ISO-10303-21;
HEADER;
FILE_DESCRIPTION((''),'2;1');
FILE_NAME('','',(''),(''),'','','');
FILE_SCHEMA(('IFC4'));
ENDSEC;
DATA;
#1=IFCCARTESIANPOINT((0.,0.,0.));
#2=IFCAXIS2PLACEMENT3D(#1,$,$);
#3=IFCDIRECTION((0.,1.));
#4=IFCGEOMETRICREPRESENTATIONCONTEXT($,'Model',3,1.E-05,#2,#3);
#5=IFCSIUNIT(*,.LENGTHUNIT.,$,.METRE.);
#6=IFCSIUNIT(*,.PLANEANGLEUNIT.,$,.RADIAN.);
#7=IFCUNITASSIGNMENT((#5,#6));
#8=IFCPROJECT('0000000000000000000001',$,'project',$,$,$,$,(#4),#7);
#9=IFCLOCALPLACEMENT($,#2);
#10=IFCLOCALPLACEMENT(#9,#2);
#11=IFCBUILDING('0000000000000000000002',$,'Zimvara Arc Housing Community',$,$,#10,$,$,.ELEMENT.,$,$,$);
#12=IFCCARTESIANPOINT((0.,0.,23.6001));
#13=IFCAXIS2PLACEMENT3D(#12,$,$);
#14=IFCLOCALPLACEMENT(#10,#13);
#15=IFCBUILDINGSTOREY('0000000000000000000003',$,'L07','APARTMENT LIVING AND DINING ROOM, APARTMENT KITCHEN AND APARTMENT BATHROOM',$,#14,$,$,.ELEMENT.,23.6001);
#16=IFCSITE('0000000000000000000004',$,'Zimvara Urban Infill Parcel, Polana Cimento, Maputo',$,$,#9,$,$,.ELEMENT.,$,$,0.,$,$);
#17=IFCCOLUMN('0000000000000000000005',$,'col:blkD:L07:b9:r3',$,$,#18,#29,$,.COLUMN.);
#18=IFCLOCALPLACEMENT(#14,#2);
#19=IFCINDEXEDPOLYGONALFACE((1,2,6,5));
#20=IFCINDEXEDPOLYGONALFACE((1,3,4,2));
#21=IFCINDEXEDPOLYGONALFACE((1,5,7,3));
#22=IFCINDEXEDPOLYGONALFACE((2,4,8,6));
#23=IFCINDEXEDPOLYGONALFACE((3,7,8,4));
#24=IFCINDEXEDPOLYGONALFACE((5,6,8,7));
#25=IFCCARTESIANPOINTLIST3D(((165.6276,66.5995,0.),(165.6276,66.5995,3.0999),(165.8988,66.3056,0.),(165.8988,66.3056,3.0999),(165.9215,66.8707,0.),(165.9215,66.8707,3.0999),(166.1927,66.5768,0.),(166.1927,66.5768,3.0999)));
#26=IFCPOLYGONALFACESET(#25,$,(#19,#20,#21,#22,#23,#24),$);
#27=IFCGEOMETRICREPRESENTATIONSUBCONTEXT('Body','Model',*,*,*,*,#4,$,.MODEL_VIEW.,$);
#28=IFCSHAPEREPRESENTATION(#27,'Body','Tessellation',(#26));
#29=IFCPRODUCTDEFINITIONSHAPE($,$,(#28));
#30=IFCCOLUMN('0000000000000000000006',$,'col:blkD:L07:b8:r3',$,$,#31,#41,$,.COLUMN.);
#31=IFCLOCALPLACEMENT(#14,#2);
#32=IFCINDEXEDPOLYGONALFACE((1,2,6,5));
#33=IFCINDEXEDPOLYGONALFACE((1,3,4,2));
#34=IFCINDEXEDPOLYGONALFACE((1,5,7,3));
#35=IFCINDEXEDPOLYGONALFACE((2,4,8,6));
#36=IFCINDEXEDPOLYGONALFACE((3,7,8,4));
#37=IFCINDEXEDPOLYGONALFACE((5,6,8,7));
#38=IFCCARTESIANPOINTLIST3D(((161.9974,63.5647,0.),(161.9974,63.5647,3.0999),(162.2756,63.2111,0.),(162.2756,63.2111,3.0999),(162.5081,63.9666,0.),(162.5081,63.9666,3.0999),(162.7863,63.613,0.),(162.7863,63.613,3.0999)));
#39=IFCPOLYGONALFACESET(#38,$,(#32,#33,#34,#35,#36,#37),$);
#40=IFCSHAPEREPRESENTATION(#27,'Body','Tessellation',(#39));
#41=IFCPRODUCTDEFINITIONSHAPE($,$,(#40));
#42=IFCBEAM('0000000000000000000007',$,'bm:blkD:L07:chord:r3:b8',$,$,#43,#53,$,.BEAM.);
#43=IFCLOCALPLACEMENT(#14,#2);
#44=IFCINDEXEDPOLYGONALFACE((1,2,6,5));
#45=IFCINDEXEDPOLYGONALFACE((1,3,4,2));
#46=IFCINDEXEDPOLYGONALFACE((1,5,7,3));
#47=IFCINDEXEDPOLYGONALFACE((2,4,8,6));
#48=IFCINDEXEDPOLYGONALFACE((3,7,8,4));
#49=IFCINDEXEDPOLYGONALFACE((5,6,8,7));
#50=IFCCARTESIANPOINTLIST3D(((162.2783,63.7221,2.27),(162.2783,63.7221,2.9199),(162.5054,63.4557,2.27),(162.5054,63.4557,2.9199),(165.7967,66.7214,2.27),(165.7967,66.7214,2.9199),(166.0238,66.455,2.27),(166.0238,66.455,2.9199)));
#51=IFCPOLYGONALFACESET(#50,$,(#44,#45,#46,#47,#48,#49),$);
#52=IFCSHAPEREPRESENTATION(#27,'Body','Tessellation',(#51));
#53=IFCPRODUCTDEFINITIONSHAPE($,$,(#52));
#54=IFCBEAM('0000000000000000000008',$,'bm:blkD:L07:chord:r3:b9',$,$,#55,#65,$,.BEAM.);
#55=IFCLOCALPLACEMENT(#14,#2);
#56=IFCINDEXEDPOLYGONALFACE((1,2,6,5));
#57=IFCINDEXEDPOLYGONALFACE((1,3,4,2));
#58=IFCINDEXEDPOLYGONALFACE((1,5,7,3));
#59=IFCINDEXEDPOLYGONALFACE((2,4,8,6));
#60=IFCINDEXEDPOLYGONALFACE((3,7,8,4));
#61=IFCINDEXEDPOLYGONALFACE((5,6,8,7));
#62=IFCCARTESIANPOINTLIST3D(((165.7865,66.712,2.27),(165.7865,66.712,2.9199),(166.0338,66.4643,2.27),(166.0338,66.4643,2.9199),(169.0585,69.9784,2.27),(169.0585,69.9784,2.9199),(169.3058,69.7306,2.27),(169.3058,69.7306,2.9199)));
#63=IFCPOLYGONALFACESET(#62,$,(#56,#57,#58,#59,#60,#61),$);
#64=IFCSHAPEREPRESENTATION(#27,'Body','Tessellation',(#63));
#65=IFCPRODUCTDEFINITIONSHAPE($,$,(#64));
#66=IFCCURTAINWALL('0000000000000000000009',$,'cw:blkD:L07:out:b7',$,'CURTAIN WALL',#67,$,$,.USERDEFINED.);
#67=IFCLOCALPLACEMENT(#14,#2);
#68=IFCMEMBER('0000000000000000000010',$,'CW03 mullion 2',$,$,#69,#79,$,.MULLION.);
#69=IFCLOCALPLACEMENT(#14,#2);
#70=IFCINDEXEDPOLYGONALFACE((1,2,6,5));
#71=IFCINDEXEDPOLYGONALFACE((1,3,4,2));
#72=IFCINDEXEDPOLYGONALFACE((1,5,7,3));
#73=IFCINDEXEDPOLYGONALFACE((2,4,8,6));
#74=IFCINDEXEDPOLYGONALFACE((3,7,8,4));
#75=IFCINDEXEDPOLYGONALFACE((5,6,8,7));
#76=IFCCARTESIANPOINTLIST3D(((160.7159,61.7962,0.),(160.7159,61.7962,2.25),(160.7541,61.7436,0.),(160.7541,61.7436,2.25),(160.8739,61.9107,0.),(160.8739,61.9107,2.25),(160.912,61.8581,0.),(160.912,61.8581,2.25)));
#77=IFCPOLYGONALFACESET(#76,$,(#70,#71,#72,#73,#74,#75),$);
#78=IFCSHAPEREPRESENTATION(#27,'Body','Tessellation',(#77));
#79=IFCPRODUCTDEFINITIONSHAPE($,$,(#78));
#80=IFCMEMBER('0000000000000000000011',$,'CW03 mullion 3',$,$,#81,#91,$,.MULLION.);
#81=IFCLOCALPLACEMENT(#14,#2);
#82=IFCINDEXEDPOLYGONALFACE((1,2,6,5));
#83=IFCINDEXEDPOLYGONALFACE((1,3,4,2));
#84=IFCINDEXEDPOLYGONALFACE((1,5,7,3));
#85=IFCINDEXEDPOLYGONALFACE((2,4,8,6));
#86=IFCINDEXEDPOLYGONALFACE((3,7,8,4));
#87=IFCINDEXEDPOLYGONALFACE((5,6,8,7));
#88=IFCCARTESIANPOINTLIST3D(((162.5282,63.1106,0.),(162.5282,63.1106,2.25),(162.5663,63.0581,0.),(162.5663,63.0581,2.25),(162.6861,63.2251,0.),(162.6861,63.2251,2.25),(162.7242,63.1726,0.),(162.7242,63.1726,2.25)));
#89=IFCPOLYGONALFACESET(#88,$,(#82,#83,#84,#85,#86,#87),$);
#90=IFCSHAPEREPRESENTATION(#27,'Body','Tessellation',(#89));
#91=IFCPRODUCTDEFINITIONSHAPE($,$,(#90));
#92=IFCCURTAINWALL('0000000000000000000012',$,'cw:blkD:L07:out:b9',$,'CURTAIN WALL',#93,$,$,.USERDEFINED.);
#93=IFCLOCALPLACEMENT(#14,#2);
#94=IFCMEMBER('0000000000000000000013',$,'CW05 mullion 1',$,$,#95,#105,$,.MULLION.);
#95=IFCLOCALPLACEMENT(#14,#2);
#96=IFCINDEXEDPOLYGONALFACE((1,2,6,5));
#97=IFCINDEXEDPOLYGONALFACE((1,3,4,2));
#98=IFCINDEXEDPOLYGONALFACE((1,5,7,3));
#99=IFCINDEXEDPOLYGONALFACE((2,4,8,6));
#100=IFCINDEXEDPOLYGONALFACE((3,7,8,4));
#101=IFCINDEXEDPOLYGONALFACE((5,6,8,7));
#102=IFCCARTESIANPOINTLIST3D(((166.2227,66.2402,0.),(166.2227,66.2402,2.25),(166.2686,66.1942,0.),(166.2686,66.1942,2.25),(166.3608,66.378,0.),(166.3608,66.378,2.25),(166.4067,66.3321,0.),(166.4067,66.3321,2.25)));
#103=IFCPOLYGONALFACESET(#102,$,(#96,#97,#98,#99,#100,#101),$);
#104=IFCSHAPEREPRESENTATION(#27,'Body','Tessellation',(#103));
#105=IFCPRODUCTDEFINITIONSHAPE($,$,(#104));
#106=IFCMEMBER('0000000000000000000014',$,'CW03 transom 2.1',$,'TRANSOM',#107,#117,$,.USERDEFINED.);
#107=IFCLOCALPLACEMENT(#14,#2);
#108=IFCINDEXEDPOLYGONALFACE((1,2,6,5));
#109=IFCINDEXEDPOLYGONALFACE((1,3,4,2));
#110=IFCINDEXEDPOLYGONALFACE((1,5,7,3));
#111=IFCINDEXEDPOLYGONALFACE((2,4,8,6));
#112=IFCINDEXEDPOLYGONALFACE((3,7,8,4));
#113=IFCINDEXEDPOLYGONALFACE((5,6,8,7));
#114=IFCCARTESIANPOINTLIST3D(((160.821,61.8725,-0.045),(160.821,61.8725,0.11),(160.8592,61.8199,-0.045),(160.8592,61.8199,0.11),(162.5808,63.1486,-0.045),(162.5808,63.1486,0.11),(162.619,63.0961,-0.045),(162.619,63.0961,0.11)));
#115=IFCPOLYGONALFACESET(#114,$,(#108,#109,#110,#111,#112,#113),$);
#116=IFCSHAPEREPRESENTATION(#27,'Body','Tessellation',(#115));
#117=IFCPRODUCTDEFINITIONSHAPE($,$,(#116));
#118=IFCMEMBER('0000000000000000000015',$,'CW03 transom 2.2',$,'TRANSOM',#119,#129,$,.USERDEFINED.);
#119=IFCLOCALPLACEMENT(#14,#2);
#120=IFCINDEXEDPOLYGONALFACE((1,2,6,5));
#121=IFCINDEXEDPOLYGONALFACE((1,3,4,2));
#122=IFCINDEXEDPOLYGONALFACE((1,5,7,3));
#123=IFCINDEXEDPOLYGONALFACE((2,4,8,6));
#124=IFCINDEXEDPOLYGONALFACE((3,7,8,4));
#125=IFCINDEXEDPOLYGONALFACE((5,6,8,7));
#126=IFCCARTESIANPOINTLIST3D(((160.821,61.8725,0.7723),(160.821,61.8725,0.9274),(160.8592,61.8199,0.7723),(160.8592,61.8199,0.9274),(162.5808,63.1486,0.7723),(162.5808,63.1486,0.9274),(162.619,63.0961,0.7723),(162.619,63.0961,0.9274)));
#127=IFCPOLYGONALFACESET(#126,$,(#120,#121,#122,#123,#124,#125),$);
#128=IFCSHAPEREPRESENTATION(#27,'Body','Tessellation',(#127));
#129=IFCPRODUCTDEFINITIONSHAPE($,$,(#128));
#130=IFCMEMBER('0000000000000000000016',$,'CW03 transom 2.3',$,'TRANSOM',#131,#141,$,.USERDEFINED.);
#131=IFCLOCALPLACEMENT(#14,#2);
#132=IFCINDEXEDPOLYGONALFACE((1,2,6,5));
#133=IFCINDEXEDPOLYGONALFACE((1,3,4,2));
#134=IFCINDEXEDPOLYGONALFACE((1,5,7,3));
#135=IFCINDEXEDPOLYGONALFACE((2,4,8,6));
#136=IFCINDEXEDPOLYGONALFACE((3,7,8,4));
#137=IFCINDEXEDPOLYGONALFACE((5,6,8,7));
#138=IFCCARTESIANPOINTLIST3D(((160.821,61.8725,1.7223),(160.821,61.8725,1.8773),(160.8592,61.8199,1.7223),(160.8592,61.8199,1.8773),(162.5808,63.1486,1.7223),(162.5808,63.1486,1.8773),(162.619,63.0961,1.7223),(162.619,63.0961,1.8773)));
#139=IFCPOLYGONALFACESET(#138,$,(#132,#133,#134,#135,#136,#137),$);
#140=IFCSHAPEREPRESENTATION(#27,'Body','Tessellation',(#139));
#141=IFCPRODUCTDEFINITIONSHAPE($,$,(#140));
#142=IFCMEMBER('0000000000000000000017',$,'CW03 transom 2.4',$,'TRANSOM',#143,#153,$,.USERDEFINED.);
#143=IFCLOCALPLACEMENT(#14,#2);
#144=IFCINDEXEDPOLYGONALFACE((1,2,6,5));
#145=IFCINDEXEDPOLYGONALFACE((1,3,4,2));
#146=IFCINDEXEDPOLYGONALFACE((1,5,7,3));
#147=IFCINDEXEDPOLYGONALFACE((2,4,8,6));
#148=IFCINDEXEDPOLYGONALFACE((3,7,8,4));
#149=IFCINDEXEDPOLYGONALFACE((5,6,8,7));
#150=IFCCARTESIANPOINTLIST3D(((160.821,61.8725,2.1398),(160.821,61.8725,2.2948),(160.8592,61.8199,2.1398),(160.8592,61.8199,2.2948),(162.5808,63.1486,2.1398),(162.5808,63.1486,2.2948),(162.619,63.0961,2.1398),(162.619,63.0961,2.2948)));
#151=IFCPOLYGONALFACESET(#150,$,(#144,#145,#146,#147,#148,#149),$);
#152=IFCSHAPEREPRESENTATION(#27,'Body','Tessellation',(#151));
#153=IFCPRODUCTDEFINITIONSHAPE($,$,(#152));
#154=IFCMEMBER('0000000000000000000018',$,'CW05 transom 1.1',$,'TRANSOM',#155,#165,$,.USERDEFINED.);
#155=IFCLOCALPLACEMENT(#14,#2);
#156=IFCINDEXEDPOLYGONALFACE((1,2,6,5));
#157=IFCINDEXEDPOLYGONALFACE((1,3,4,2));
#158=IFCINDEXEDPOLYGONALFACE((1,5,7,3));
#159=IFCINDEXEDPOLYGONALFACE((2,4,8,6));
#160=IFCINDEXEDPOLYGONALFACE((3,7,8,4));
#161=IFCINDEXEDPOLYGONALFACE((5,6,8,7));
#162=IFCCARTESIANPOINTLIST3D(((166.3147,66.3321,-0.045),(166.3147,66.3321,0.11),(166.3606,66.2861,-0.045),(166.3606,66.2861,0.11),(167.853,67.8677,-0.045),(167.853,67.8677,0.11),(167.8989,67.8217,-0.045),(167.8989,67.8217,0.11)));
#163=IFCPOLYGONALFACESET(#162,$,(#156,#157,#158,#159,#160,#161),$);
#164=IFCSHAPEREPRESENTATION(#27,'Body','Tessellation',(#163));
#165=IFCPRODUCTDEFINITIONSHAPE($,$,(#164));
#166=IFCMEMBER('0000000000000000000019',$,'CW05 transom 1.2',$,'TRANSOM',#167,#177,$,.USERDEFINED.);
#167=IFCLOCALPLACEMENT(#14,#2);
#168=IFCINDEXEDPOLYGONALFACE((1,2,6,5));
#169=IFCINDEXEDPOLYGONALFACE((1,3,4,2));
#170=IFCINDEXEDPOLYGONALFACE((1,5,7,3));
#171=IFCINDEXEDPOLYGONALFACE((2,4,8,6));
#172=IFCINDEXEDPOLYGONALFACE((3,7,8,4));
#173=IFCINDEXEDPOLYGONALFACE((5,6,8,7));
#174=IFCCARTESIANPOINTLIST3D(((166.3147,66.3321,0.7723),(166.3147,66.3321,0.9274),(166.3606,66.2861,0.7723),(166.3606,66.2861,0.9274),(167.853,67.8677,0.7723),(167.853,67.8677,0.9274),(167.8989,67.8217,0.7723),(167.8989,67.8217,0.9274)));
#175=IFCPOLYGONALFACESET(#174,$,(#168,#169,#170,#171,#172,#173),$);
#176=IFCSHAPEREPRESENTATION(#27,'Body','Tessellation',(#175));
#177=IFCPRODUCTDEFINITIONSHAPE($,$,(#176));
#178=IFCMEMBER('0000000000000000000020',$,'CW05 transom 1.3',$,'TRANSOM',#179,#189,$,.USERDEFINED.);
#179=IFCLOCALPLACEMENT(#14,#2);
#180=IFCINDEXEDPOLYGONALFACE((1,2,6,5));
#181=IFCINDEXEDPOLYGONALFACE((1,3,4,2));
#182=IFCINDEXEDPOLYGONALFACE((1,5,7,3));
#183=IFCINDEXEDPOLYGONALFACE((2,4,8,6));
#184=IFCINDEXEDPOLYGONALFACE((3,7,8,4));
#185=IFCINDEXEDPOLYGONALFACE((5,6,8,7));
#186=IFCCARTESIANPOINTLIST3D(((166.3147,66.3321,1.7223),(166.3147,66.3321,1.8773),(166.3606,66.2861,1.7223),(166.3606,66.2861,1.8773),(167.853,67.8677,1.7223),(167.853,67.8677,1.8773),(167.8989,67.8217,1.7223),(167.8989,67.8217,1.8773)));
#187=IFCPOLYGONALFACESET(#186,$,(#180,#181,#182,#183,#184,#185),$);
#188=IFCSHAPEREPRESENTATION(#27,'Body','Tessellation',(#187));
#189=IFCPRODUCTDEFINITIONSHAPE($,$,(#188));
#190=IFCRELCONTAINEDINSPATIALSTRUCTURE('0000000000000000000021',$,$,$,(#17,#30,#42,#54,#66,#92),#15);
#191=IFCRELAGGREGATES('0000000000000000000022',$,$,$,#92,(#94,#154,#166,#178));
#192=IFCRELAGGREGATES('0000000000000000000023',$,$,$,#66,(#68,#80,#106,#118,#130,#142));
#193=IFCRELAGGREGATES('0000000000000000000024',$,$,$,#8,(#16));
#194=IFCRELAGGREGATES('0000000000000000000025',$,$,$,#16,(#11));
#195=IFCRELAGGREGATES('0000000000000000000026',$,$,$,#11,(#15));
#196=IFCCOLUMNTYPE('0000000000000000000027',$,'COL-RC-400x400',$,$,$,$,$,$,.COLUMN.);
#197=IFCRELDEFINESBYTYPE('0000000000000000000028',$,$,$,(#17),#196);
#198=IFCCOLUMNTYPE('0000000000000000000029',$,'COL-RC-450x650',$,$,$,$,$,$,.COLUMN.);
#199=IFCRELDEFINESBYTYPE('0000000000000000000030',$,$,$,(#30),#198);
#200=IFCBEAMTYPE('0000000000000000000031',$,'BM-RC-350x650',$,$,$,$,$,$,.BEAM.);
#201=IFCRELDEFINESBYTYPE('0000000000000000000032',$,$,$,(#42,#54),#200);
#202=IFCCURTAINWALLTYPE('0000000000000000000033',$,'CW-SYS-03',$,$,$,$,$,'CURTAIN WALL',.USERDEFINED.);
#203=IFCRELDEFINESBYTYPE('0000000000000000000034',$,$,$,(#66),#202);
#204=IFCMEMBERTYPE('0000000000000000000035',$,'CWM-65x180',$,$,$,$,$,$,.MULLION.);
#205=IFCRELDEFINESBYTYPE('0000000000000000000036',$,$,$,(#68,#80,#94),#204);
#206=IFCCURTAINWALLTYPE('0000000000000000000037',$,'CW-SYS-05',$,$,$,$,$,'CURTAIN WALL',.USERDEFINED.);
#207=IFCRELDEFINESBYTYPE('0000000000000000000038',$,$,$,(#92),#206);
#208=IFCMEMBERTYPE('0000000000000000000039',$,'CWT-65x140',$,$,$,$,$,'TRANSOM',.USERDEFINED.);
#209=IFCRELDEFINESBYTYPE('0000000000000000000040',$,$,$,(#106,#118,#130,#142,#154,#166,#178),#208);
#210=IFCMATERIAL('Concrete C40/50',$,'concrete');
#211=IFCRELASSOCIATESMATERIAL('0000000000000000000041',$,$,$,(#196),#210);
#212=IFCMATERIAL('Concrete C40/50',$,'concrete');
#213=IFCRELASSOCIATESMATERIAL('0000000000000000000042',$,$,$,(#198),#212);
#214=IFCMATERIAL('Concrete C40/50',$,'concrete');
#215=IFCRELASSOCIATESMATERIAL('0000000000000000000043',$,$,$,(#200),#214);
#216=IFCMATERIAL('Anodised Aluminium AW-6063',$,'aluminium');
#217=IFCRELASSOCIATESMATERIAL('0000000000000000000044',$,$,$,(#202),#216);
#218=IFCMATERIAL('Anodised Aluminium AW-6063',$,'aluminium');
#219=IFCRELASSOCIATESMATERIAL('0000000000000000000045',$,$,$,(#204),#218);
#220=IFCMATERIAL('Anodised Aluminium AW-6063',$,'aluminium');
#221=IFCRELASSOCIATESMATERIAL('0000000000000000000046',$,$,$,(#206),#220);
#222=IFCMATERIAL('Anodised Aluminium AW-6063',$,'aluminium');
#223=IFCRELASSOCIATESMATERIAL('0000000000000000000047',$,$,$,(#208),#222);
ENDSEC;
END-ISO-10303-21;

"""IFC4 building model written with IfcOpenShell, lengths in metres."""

from ifc_helpers import new_model, si_unit, direction, frame, origin, origin_2d, place, context, subcontext, project, spatial, rectangle, extrude, material, material_profile, profile_set, type_object, element, aggregate, save


model = new_model("IFC4")

# Units and contexts
model_context = context("Model", 3, precision=1e-05, world=origin(), true_north=direction((0.0, 1.0)))
body_context = subcontext(model_context, "Body", "Model", "MODEL_VIEW")
ifc_project = project(units=[si_unit("LENGTHUNIT", "METRE"), si_unit("PLANEANGLEUNIT", "RADIAN")], contexts=[model_context])

# Site, building, storey
site_placement = place(None, origin())
site = spatial("IfcSite", under=ifc_project, at=site_placement, Name="Zimvara Urban Infill Parcel, Polana Cimento, Maputo", CompositionType="ELEMENT", RefElevation=0.0)
building_placement = place(site_placement, origin())
building = spatial("IfcBuilding", under=site, at=building_placement, Name="Zimvara Arc Housing Community", CompositionType="ELEMENT")
storey_placement = place(building_placement, frame((0.0, 0.0, 23.6001)))
storey = spatial("IfcBuildingStorey", under=building, at=storey_placement, Name="L07", Description="APARTMENT LIVING AND DINING ROOM, APARTMENT KITCHEN AND APARTMENT BATHROOM", CompositionType="ELEMENT", Elevation=23.6001)

# Columns
ifc_material_1 = material(Name="Concrete C40/50", Category="concrete")
ifc_material_profile_1 = material_profile(ifc_material_1, rectangle(XDim=0.3999, YDim=0.3999, at=origin_2d()), Name="RC 400x400")
ifc_profile_set_1 = profile_set([ifc_material_profile_1], Name="Concrete C40/50")
column_type_1 = type_object("IfcColumnType", Name="COL-RC-400x400", PredefinedType="COLUMN", material=ifc_profile_set_1)
column_1_placement = place(storey_placement, frame((165.9102, 66.5881, 0.0), z_axis=(0.0, 0.0, 1.0), x_axis=(0.67816, -0.734915, 0.0)))
element("IfcColumn", 1, at=column_1_placement, inside=storey, type_object=column_type_1, Name="col:blkD:L07:b9:r3", PredefinedType="COLUMN", context=body_context, shape_type="SweptSolid", body=[
    extrude(rectangle(XDim=0.3999, YDim=0.3999, at=origin_2d()), origin(), (0.0, 0.0, 1.0), 3.0999),
])
ifc_material_2 = material(Name="Concrete C40/50", Category="concrete")
ifc_material_profile_2 = material_profile(ifc_material_2, rectangle(XDim=0.45, YDim=0.6499, at=origin_2d()), Name="RC 450x650")
ifc_profile_set_2 = profile_set([ifc_material_profile_2], Name="Concrete C40/50")
column_type_2 = type_object("IfcColumnType", Name="COL-RC-450x650", PredefinedType="COLUMN", material=ifc_profile_set_2)
column_2_placement = place(storey_placement, frame((162.3918, 63.5889, 0.0), z_axis=(0.0, 0.0, 1.0), x_axis=(0.618408, -0.785857, 0.0)))
element("IfcColumn", 2, at=column_2_placement, inside=storey, type_object=column_type_2, Name="col:blkD:L07:b8:r3", PredefinedType="COLUMN", context=body_context, shape_type="SweptSolid", body=[
    extrude(rectangle(XDim=0.45, YDim=0.6499, at=origin_2d()), origin(), (0.0, 0.0, 1.0), 3.0999),
])

# Beams
ifc_material_3 = material(Name="Concrete C40/50", Category="concrete")
ifc_material_profile_3 = material_profile(ifc_material_3, rectangle(XDim=0.3501, YDim=0.6499, at=origin_2d()), Name="RC 350x650")
ifc_profile_set_3 = profile_set([ifc_material_profile_3], Name="Concrete C40/50")
beam_type = type_object("IfcBeamType", Name="BM-RC-350x650", PredefinedType="BEAM", material=ifc_profile_set_3)
for number, where, z_axis, x_axis, name in (
    (3, (162.3918, 63.5889, 2.595), (0.76101, 0.648741, 0.0), (-0.648741, 0.76101, 0.0), "bm:blkD:L07:chord:r3:b8"),
    (4, (165.9102, 66.5881, 2.595), (0.707714, 0.706499, 0.0), (-0.706499, 0.707714, 0.0), "bm:blkD:L07:chord:r3:b9"),
):
    element("IfcBeam", number, at=place(storey_placement, frame(where, z_axis=z_axis, x_axis=x_axis)), inside=storey, type_object=beam_type, Name=name, PredefinedType="BEAM", context=body_context, shape_type="SweptSolid", body=[
        extrude(rectangle(XDim=0.3501, YDim=0.6499, at=origin_2d()), origin(), (0.0, 0.0, 1.0), 4.6233),
    ])

# Curtain wall, members
ifc_material_4 = material(Name="Anodised Aluminium AW-6063", Category="aluminium")
curtain_wall_type_1 = type_object("IfcCurtainWallType", Name="CW-SYS-03", ElementType="CURTAIN WALL", PredefinedType="USERDEFINED", material=ifc_material_4)
curtain_wall_1_placement = place(storey_placement, origin())
curtain_wall_1 = element("IfcCurtainWall", 5, at=curtain_wall_1_placement, inside=storey, type_object=curtain_wall_type_1, Name="cw:blkD:L07:out:b7", ObjectType="CURTAIN WALL", PredefinedType="USERDEFINED")
ifc_material_5 = material(Name="Anodised Aluminium AW-6063", Category="aluminium")
ifc_material_profile_4 = material_profile(ifc_material_5, rectangle(XDim=0.0649, YDim=0.1951, at=origin_2d()), Name="ALU 65x195")
ifc_profile_set_4 = profile_set([ifc_material_profile_4], Name="Anodised Aluminium AW-6063")
member_type_1 = type_object("IfcMemberType", Name="CWM-65x180", PredefinedType="MULLION", material=ifc_profile_set_4)
member_1_placement = place(storey_placement, frame((160.814, 61.8271, 0.0), z_axis=(0.0, 0.0, 1.0), x_axis=(-0.587078, 0.80953, 0.0)))
member_1 = element("IfcMember", 6, at=member_1_placement, type_object=member_type_1, Name="CW03 mullion 2", PredefinedType="MULLION", context=body_context, shape_type="SweptSolid", body=[
    extrude(rectangle(XDim=0.0649, YDim=0.1951, at=origin_2d()), origin(), (0.0, 0.0, 1.0), 2.25),
])
member_2_placement = place(storey_placement, frame((162.6262, 63.1416, 0.0), z_axis=(0.0, 0.0, 1.0), x_axis=(-0.587078, 0.80953, 0.0)))
member_2 = element("IfcMember", 7, at=member_2_placement, type_object=member_type_1, Name="CW03 mullion 3", PredefinedType="MULLION", context=body_context, shape_type="SweptSolid", body=[
    extrude(rectangle(XDim=0.0649, YDim=0.1951, at=origin_2d()), origin(), (0.0, 0.0, 1.0), 2.25),
])

# Curtain wall, member
ifc_material_6 = material(Name="Anodised Aluminium AW-6063", Category="aluminium")
curtain_wall_type_2 = type_object("IfcCurtainWallType", Name="CW-SYS-05", ElementType="CURTAIN WALL", PredefinedType="USERDEFINED", material=ifc_material_6)
curtain_wall_2_placement = place(storey_placement, origin())
curtain_wall_2 = element("IfcCurtainWall", 8, at=curtain_wall_2_placement, inside=storey, type_object=curtain_wall_type_2, Name="cw:blkD:L07:out:b9", ObjectType="CURTAIN WALL", PredefinedType="USERDEFINED")
member_3_placement = place(storey_placement, frame((166.3147, 66.2861, 0.0), z_axis=(0.0, 0.0, 1.0), x_axis=(-0.706489, 0.707724, 0.0)))
member_3 = element("IfcMember", 9, at=member_3_placement, type_object=member_type_1, Name="CW05 mullion 1", PredefinedType="MULLION", context=body_context, shape_type="SweptSolid", body=[
    extrude(rectangle(XDim=0.0649, YDim=0.1951, at=origin_2d()), origin(), (0.0, 0.0, 1.0), 2.25),
])

# Members
ifc_material_7 = material(Name="Anodised Aluminium AW-6063", Category="aluminium")
ifc_material_profile_5 = material_profile(ifc_material_7, rectangle(XDim=0.0649, YDim=0.155, at=origin_2d()), Name="ALU 65x155")
ifc_profile_set_5 = profile_set([ifc_material_profile_5], Name="Anodised Aluminium AW-6063")
member_type_2 = type_object("IfcMemberType", Name="CWT-65x140", ElementType="TRANSOM", PredefinedType="USERDEFINED", material=ifc_profile_set_5)
member_4_placement = place(storey_placement, frame((160.8401, 61.8462, 0.0325), z_axis=(0.809546, 0.587056, 0.0), x_axis=(-0.587056, 0.809546, 0.0)))
member_4 = element("IfcMember", 10, at=member_4_placement, type_object=member_type_2, Name="CW03 transom 2.1", ObjectType="TRANSOM", PredefinedType="USERDEFINED", context=body_context, shape_type="SweptSolid", body=[
    extrude(rectangle(XDim=0.0649, YDim=0.155, at=origin_2d()), origin(), (0.0, 0.0, 1.0), 2.1738),
])
member_5_placement = place(storey_placement, frame((160.8401, 61.8462, 0.8499), z_axis=(0.809546, 0.587056, 0.0), x_axis=(-0.587056, 0.809546, 0.0)))
member_5 = element("IfcMember", 11, at=member_5_placement, type_object=member_type_2, Name="CW03 transom 2.2", ObjectType="TRANSOM", PredefinedType="USERDEFINED", context=body_context, shape_type="SweptSolid", body=[
    extrude(rectangle(XDim=0.0649, YDim=0.155, at=origin_2d()), origin(), (0.0, 0.0, 1.0), 2.1738),
])
member_6_placement = place(storey_placement, frame((160.8401, 61.8462, 1.7998), z_axis=(0.809546, 0.587056, 0.0), x_axis=(-0.587056, 0.809546, 0.0)))
member_6 = element("IfcMember", 12, at=member_6_placement, type_object=member_type_2, Name="CW03 transom 2.3", ObjectType="TRANSOM", PredefinedType="USERDEFINED", context=body_context, shape_type="SweptSolid", body=[
    extrude(rectangle(XDim=0.0649, YDim=0.155, at=origin_2d()), origin(), (0.0, 0.0, 1.0), 2.1738),
])
member_7_placement = place(storey_placement, frame((160.8401, 61.8462, 2.2173), z_axis=(0.809546, 0.587056, 0.0), x_axis=(-0.587056, 0.809546, 0.0)))
member_7 = element("IfcMember", 13, at=member_7_placement, type_object=member_type_2, Name="CW03 transom 2.4", ObjectType="TRANSOM", PredefinedType="USERDEFINED", context=body_context, shape_type="SweptSolid", body=[
    extrude(rectangle(XDim=0.0649, YDim=0.155, at=origin_2d()), origin(), (0.0, 0.0, 1.0), 2.1738),
])
member_8_placement = place(storey_placement, frame((166.3376, 66.3091, 0.0325), z_axis=(0.707724, 0.706489, 0.0), x_axis=(-0.706489, 0.707724, 0.0)))
member_8 = element("IfcMember", 14, at=member_8_placement, type_object=member_type_2, Name="CW05 transom 1.1", ObjectType="TRANSOM", PredefinedType="USERDEFINED", context=body_context, shape_type="SweptSolid", body=[
    extrude(rectangle(XDim=0.0649, YDim=0.155, at=origin_2d()), origin(), (0.0, 0.0, 1.0), 2.1736),
])
member_9_placement = place(storey_placement, frame((166.3376, 66.3091, 0.8499), z_axis=(0.707724, 0.706489, 0.0), x_axis=(-0.706489, 0.707724, 0.0)))
member_9 = element("IfcMember", 15, at=member_9_placement, type_object=member_type_2, Name="CW05 transom 1.2", ObjectType="TRANSOM", PredefinedType="USERDEFINED", context=body_context, shape_type="SweptSolid", body=[
    extrude(rectangle(XDim=0.0649, YDim=0.155, at=origin_2d()), origin(), (0.0, 0.0, 1.0), 2.1736),
])
member_10_placement = place(storey_placement, frame((166.3376, 66.3091, 1.7998), z_axis=(0.707724, 0.706489, 0.0), x_axis=(-0.706489, 0.707724, 0.0)))
member_10 = element("IfcMember", 16, at=member_10_placement, type_object=member_type_2, Name="CW05 transom 1.3", ObjectType="TRANSOM", PredefinedType="USERDEFINED", context=body_context, shape_type="SweptSolid", body=[
    extrude(rectangle(XDim=0.0649, YDim=0.155, at=origin_2d()), origin(), (0.0, 0.0, 1.0), 2.1736),
])

aggregate(curtain_wall_2, [member_3, member_8, member_9, member_10])
aggregate(curtain_wall_1, [member_1, member_2, member_4, member_5, member_6, member_7])

save(model, "model.ifc")
